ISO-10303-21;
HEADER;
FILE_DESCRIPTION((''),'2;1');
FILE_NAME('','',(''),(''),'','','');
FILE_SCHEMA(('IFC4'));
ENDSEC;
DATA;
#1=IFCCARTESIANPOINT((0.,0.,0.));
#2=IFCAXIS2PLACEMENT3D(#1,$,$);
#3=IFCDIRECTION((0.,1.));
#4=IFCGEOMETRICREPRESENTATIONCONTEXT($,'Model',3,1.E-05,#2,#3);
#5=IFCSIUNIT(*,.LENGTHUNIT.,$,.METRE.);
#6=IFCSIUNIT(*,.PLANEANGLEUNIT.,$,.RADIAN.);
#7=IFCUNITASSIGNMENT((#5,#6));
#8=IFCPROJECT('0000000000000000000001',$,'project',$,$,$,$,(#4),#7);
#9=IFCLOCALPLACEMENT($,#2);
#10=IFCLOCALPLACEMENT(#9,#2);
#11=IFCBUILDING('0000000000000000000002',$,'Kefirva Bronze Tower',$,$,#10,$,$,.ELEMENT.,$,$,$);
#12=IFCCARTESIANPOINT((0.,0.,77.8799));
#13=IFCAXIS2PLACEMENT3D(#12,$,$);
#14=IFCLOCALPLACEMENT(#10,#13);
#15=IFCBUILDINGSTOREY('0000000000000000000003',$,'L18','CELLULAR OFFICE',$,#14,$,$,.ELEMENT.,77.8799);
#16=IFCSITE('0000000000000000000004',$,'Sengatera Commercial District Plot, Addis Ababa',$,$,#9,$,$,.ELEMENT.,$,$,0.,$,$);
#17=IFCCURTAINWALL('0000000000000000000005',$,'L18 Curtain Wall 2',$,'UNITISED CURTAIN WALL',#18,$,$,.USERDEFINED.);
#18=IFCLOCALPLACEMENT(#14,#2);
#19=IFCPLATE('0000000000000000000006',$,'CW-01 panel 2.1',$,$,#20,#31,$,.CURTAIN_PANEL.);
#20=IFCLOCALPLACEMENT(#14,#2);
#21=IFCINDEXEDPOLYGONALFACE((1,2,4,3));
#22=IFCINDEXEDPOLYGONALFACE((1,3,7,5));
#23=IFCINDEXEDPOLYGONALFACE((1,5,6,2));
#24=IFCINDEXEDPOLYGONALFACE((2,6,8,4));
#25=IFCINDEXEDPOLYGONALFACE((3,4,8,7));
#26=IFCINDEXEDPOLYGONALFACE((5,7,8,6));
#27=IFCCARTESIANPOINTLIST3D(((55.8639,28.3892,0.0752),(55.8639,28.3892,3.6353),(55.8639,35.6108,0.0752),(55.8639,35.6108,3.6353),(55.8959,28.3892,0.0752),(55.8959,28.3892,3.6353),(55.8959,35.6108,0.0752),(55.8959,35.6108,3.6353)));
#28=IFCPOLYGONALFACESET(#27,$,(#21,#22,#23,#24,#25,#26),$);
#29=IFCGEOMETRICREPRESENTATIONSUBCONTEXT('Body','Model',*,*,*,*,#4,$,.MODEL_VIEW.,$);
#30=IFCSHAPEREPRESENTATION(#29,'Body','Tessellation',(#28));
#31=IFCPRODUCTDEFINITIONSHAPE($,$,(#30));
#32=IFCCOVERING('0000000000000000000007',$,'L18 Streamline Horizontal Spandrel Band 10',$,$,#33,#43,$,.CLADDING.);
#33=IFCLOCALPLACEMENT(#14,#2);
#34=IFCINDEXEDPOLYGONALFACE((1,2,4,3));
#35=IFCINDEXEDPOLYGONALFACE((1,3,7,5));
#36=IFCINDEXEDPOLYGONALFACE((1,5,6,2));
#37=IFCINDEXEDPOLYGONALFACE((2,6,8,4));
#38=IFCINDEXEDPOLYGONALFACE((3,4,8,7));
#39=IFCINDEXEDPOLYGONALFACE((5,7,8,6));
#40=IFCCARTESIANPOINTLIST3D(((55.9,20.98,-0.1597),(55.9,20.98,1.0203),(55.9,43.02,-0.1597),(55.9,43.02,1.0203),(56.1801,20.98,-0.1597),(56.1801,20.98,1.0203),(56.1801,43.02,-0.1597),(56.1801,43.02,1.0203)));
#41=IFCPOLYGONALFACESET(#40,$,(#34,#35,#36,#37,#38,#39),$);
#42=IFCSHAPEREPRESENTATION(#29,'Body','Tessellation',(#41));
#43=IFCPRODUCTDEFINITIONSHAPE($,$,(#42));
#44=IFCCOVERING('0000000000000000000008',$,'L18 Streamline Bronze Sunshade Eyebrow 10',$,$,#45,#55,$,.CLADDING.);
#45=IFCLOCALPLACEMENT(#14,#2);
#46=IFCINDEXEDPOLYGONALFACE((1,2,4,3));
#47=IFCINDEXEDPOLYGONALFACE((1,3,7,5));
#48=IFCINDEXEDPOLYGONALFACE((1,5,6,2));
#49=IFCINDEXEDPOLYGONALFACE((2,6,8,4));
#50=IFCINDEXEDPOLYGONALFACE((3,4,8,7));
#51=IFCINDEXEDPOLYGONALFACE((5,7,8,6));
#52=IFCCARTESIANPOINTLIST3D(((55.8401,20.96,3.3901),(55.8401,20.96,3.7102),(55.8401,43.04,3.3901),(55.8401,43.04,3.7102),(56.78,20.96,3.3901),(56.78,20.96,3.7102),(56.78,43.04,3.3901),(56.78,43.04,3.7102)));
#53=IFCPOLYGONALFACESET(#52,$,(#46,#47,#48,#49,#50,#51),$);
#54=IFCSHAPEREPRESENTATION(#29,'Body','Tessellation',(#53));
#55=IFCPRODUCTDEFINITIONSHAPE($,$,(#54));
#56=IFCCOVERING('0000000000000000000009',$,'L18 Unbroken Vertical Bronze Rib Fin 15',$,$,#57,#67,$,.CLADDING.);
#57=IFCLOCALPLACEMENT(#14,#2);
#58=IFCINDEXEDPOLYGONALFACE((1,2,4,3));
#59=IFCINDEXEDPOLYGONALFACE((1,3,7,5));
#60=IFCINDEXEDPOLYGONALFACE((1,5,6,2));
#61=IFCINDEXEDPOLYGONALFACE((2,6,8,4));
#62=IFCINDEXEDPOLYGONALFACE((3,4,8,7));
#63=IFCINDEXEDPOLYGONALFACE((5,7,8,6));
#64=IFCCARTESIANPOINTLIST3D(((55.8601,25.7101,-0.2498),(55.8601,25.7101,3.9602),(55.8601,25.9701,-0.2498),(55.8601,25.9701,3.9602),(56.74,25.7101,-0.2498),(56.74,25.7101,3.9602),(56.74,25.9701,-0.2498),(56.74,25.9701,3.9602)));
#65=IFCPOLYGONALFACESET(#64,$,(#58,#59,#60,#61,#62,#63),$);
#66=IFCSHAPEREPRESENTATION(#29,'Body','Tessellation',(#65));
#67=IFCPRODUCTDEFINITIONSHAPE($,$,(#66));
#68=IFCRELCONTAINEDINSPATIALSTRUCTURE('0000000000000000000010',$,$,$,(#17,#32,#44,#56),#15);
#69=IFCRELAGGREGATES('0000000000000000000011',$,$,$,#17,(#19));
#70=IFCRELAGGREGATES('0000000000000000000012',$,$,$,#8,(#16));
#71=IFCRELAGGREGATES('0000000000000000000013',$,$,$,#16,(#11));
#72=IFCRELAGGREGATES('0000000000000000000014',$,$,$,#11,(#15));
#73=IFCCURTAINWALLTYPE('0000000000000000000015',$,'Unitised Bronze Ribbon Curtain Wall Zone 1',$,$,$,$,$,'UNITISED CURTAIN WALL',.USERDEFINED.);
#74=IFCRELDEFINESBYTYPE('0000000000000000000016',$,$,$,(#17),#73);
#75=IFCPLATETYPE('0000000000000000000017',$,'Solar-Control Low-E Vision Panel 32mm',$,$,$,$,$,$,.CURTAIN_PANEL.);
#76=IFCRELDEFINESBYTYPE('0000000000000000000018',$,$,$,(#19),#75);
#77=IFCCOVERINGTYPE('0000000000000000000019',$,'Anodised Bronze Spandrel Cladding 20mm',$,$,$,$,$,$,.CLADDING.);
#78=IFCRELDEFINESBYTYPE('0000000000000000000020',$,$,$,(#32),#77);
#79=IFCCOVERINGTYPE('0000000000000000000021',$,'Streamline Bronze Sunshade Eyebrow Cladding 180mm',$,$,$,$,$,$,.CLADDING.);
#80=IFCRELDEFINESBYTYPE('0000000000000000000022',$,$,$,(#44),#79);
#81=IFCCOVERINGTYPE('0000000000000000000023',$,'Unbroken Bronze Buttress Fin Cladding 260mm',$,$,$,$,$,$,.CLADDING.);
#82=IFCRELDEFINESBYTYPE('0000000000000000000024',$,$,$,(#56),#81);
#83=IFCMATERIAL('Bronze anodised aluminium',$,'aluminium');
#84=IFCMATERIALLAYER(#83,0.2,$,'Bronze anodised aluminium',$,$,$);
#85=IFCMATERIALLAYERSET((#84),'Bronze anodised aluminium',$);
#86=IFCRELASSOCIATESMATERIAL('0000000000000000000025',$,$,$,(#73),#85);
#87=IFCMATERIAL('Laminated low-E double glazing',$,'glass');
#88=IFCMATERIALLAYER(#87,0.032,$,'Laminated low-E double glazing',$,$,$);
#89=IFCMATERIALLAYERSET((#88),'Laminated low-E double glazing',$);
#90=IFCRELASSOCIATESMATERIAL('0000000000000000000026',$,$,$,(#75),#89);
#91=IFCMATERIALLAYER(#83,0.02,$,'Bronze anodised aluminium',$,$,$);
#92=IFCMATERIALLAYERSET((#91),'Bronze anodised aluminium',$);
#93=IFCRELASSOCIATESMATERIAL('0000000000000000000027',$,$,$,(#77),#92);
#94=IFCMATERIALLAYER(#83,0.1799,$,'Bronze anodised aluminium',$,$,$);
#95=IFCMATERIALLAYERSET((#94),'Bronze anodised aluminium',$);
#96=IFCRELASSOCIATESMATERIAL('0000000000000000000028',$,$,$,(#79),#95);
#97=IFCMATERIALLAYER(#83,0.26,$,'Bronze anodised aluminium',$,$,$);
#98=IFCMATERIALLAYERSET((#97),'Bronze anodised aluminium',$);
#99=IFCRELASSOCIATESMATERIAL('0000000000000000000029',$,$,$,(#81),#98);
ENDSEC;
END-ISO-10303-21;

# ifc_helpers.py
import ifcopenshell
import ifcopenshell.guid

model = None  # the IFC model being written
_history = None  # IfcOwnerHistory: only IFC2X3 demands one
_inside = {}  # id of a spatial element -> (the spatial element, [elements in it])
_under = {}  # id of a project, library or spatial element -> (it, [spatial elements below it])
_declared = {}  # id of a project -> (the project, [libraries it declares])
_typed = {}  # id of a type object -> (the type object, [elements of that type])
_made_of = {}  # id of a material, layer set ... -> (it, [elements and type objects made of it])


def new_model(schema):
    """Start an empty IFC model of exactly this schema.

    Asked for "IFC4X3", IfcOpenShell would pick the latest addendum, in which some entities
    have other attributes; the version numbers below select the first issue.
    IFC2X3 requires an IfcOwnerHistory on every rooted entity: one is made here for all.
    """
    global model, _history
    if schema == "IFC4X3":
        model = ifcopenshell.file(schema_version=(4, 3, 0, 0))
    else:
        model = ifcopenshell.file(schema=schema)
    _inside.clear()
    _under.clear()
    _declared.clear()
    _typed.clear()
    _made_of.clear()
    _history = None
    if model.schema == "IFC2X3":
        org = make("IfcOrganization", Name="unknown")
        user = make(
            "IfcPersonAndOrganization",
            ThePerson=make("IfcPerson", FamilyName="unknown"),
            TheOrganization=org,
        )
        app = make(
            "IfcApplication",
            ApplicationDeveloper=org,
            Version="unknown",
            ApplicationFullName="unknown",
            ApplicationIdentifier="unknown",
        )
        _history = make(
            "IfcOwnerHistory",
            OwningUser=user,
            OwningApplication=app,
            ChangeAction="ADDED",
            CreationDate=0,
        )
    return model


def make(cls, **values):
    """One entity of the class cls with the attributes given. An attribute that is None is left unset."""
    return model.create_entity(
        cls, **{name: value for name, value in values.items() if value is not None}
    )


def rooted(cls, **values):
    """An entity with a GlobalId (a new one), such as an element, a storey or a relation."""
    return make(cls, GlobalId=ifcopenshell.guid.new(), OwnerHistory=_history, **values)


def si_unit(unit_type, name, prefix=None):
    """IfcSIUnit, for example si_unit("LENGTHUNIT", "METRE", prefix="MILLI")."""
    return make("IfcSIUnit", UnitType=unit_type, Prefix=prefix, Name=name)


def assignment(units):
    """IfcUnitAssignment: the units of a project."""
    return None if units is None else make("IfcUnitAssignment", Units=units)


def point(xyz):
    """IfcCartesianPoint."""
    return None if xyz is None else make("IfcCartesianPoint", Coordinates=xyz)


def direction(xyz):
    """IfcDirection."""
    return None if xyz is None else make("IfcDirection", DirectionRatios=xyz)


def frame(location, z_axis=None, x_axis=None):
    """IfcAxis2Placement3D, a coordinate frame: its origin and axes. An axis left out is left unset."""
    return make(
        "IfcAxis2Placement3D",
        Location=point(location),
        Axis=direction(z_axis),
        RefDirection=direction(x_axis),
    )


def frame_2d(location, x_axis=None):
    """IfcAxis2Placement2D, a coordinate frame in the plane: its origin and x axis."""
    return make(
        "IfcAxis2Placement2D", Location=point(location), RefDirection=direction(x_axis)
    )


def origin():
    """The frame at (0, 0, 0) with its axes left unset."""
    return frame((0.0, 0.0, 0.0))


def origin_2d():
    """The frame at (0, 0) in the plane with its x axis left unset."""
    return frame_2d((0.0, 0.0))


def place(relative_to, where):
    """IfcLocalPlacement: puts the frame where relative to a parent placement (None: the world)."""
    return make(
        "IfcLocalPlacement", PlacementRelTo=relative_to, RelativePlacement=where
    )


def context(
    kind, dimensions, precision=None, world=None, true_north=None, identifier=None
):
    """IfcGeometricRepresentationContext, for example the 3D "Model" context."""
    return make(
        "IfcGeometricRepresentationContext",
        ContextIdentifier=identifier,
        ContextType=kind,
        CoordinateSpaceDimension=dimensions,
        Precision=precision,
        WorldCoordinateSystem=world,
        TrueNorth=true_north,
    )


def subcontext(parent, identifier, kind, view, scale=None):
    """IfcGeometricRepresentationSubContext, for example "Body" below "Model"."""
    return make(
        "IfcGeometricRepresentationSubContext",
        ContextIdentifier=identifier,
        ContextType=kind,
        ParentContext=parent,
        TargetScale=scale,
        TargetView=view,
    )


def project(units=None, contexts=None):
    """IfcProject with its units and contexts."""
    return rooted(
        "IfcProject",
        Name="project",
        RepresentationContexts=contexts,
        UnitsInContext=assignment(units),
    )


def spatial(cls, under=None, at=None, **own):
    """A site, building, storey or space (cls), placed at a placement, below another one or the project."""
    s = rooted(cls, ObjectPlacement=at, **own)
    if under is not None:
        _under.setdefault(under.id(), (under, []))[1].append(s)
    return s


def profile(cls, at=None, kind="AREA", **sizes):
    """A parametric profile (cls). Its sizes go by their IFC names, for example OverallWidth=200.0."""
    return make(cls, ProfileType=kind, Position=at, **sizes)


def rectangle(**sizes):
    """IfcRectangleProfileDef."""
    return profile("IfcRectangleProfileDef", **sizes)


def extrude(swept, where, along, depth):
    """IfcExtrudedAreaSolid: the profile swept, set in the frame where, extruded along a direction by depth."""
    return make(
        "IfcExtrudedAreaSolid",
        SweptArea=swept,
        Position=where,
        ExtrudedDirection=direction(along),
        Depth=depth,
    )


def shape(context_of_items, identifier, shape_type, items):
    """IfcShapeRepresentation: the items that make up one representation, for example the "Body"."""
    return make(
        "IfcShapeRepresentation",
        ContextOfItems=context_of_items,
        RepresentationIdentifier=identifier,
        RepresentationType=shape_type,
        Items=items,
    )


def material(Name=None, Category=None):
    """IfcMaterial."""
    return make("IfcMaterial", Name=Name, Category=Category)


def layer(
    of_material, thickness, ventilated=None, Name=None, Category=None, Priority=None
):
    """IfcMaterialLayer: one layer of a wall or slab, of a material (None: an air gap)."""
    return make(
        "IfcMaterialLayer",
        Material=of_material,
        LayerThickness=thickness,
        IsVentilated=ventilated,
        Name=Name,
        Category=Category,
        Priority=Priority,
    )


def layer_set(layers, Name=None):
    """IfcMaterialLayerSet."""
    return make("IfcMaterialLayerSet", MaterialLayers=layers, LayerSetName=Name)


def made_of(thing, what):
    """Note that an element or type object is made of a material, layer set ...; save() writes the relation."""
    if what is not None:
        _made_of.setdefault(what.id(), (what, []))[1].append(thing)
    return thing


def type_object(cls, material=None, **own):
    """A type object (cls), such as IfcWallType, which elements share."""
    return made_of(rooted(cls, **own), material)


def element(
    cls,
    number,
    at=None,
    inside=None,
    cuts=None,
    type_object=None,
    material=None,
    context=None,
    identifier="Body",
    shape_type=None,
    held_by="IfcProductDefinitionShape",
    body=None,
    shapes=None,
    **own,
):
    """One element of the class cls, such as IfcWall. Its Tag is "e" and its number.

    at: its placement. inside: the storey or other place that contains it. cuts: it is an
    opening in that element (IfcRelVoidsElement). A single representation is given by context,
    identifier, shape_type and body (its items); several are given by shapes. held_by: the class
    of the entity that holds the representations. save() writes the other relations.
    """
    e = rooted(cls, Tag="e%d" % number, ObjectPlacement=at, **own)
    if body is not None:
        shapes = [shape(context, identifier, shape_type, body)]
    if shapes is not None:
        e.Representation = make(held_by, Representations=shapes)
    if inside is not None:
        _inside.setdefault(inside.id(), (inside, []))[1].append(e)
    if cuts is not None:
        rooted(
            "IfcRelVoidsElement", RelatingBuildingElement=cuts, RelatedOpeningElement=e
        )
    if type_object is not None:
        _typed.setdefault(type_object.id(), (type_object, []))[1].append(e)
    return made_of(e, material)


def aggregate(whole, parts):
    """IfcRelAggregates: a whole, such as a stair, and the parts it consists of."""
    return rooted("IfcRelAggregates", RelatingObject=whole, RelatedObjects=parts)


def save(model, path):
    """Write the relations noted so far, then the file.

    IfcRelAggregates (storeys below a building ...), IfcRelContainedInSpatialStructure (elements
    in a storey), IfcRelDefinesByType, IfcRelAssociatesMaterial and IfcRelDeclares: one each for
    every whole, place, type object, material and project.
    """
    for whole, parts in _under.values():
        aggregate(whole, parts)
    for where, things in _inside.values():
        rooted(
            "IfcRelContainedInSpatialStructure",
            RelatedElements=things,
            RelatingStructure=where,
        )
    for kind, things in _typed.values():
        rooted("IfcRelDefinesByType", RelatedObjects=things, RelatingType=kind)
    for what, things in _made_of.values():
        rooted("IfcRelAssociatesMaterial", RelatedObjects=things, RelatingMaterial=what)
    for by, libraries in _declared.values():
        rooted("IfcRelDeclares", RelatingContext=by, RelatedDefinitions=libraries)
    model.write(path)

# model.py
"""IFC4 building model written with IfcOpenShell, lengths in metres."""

from ifc_helpers import new_model, si_unit, direction, frame, origin, origin_2d, place, context, subcontext, project, spatial, rectangle, extrude, material, layer, layer_set, type_object, element, aggregate, save


model = new_model("IFC4")

# Units and contexts
model_context = context("Model", 3, precision=1e-05, world=origin(), true_north=direction((0.0, 1.0)))
body_context = subcontext(model_context, "Body", "Model", "MODEL_VIEW")
ifc_project = project(units=[si_unit("LENGTHUNIT", "METRE"), si_unit("PLANEANGLEUNIT", "RADIAN")], contexts=[model_context])

# Site, building, storey
site_placement = place(None, origin())
site = spatial("IfcSite", under=ifc_project, at=site_placement, Name="Sengatera Commercial District Plot, Addis Ababa", CompositionType="ELEMENT", RefElevation=0.0)
building_placement = place(site_placement, origin())
building = spatial("IfcBuilding", under=site, at=building_placement, Name="Kefirva Bronze Tower", CompositionType="ELEMENT")
storey_placement = place(building_placement, frame((0.0, 0.0, 77.8799)))
storey = spatial("IfcBuildingStorey", under=building, at=storey_placement, Name="L18", Description="CELLULAR OFFICE", CompositionType="ELEMENT", Elevation=77.8799)

# Curtain wall
ifc_material_1 = material(Name="Bronze anodised aluminium", Category="aluminium")
ifc_layer_1 = layer(ifc_material_1, 0.2, Name="Bronze anodised aluminium")
ifc_layer_set_1 = layer_set([ifc_layer_1], Name="Bronze anodised aluminium")
curtain_wall_type = type_object("IfcCurtainWallType", Name="Unitised Bronze Ribbon Curtain Wall Zone 1", ElementType="UNITISED CURTAIN WALL", PredefinedType="USERDEFINED", material=ifc_layer_set_1)
curtain_wall_placement = place(storey_placement, origin())
curtain_wall = element("IfcCurtainWall", 1, at=curtain_wall_placement, inside=storey, type_object=curtain_wall_type, Name="L18 Curtain Wall 2", ObjectType="UNITISED CURTAIN WALL", PredefinedType="USERDEFINED")

# Plate
ifc_material_2 = material(Name="Laminated low-E double glazing", Category="glass")
ifc_layer_2 = layer(ifc_material_2, 0.032, Name="Laminated low-E double glazing")
ifc_layer_set_2 = layer_set([ifc_layer_2], Name="Laminated low-E double glazing")
plate_type = type_object("IfcPlateType", Name="Solar-Control Low-E Vision Panel 32mm", PredefinedType="CURTAIN_PANEL", material=ifc_layer_set_2)
plate_placement = place(storey_placement, frame((55.8799, 32.0, 0.0752), z_axis=(0.0, 0.0, 1.0), x_axis=(0.0, 1.0, 0.0)))
plate = element("IfcPlate", 2, at=plate_placement, type_object=plate_type, Name="CW-01 panel 2.1", PredefinedType="CURTAIN_PANEL", context=body_context, shape_type="SweptSolid", body=[
    extrude(rectangle(XDim=7.2217, YDim=0.032, at=origin_2d()), origin(), (0.0, 0.0, 1.0), 3.5601),
])
aggregate(curtain_wall, [plate])

# Coverings
ifc_layer_3 = layer(ifc_material_1, 0.02, Name="Bronze anodised aluminium")
ifc_layer_set_3 = layer_set([ifc_layer_3], Name="Bronze anodised aluminium")
covering_type_1 = type_object("IfcCoveringType", Name="Anodised Bronze Spandrel Cladding 20mm", PredefinedType="CLADDING", material=ifc_layer_set_3)
covering_1_placement = place(storey_placement, frame((56.04, 32.0, -0.1597), z_axis=(0.0, 0.0, 1.0), x_axis=(0.0, 1.0, 0.0)))
element("IfcCovering", 3, at=covering_1_placement, inside=storey, type_object=covering_type_1, Name="L18 Streamline Horizontal Spandrel Band 10", PredefinedType="CLADDING", context=body_context, shape_type="SweptSolid", body=[
    extrude(rectangle(XDim=22.04, YDim=0.28, at=origin_2d()), origin(), (0.0, 0.0, 1.0), 1.1799),
])
ifc_layer_4 = layer(ifc_material_1, 0.1799, Name="Bronze anodised aluminium")
ifc_layer_set_4 = layer_set([ifc_layer_4], Name="Bronze anodised aluminium")
covering_type_2 = type_object("IfcCoveringType", Name="Streamline Bronze Sunshade Eyebrow Cladding 180mm", PredefinedType="CLADDING", material=ifc_layer_set_4)
covering_2_placement = place(storey_placement, frame((56.3101, 32.0, 3.3901), z_axis=(0.0, 0.0, 1.0), x_axis=(0.0, 1.0, 0.0)))
element("IfcCovering", 4, at=covering_2_placement, inside=storey, type_object=covering_type_2, Name="L18 Streamline Bronze Sunshade Eyebrow 10", PredefinedType="CLADDING", context=body_context, shape_type="SweptSolid", body=[
    extrude(rectangle(XDim=22.0801, YDim=0.9399, at=origin_2d()), origin(), (0.0, 0.0, 1.0), 0.3201),
])
ifc_layer_5 = layer(ifc_material_1, 0.26, Name="Bronze anodised aluminium")
ifc_layer_set_5 = layer_set([ifc_layer_5], Name="Bronze anodised aluminium")
covering_type_3 = type_object("IfcCoveringType", Name="Unbroken Bronze Buttress Fin Cladding 260mm", PredefinedType="CLADDING", material=ifc_layer_set_5)
covering_3_placement = place(storey_placement, frame((56.3, 25.8401, -0.2498), z_axis=(0.0, 0.0, 1.0), x_axis=(0.0, 1.0, 0.0)))
element("IfcCovering", 5, at=covering_3_placement, inside=storey, type_object=covering_type_3, Name="L18 Unbroken Vertical Bronze Rib Fin 15", PredefinedType="CLADDING", context=body_context, shape_type="SweptSolid", body=[
    extrude(rectangle(XDim=0.26, YDim=0.8799, at=origin_2d()), origin(), (0.0, 0.0, 1.0), 4.21),
])

save(model, "model.ifc")
